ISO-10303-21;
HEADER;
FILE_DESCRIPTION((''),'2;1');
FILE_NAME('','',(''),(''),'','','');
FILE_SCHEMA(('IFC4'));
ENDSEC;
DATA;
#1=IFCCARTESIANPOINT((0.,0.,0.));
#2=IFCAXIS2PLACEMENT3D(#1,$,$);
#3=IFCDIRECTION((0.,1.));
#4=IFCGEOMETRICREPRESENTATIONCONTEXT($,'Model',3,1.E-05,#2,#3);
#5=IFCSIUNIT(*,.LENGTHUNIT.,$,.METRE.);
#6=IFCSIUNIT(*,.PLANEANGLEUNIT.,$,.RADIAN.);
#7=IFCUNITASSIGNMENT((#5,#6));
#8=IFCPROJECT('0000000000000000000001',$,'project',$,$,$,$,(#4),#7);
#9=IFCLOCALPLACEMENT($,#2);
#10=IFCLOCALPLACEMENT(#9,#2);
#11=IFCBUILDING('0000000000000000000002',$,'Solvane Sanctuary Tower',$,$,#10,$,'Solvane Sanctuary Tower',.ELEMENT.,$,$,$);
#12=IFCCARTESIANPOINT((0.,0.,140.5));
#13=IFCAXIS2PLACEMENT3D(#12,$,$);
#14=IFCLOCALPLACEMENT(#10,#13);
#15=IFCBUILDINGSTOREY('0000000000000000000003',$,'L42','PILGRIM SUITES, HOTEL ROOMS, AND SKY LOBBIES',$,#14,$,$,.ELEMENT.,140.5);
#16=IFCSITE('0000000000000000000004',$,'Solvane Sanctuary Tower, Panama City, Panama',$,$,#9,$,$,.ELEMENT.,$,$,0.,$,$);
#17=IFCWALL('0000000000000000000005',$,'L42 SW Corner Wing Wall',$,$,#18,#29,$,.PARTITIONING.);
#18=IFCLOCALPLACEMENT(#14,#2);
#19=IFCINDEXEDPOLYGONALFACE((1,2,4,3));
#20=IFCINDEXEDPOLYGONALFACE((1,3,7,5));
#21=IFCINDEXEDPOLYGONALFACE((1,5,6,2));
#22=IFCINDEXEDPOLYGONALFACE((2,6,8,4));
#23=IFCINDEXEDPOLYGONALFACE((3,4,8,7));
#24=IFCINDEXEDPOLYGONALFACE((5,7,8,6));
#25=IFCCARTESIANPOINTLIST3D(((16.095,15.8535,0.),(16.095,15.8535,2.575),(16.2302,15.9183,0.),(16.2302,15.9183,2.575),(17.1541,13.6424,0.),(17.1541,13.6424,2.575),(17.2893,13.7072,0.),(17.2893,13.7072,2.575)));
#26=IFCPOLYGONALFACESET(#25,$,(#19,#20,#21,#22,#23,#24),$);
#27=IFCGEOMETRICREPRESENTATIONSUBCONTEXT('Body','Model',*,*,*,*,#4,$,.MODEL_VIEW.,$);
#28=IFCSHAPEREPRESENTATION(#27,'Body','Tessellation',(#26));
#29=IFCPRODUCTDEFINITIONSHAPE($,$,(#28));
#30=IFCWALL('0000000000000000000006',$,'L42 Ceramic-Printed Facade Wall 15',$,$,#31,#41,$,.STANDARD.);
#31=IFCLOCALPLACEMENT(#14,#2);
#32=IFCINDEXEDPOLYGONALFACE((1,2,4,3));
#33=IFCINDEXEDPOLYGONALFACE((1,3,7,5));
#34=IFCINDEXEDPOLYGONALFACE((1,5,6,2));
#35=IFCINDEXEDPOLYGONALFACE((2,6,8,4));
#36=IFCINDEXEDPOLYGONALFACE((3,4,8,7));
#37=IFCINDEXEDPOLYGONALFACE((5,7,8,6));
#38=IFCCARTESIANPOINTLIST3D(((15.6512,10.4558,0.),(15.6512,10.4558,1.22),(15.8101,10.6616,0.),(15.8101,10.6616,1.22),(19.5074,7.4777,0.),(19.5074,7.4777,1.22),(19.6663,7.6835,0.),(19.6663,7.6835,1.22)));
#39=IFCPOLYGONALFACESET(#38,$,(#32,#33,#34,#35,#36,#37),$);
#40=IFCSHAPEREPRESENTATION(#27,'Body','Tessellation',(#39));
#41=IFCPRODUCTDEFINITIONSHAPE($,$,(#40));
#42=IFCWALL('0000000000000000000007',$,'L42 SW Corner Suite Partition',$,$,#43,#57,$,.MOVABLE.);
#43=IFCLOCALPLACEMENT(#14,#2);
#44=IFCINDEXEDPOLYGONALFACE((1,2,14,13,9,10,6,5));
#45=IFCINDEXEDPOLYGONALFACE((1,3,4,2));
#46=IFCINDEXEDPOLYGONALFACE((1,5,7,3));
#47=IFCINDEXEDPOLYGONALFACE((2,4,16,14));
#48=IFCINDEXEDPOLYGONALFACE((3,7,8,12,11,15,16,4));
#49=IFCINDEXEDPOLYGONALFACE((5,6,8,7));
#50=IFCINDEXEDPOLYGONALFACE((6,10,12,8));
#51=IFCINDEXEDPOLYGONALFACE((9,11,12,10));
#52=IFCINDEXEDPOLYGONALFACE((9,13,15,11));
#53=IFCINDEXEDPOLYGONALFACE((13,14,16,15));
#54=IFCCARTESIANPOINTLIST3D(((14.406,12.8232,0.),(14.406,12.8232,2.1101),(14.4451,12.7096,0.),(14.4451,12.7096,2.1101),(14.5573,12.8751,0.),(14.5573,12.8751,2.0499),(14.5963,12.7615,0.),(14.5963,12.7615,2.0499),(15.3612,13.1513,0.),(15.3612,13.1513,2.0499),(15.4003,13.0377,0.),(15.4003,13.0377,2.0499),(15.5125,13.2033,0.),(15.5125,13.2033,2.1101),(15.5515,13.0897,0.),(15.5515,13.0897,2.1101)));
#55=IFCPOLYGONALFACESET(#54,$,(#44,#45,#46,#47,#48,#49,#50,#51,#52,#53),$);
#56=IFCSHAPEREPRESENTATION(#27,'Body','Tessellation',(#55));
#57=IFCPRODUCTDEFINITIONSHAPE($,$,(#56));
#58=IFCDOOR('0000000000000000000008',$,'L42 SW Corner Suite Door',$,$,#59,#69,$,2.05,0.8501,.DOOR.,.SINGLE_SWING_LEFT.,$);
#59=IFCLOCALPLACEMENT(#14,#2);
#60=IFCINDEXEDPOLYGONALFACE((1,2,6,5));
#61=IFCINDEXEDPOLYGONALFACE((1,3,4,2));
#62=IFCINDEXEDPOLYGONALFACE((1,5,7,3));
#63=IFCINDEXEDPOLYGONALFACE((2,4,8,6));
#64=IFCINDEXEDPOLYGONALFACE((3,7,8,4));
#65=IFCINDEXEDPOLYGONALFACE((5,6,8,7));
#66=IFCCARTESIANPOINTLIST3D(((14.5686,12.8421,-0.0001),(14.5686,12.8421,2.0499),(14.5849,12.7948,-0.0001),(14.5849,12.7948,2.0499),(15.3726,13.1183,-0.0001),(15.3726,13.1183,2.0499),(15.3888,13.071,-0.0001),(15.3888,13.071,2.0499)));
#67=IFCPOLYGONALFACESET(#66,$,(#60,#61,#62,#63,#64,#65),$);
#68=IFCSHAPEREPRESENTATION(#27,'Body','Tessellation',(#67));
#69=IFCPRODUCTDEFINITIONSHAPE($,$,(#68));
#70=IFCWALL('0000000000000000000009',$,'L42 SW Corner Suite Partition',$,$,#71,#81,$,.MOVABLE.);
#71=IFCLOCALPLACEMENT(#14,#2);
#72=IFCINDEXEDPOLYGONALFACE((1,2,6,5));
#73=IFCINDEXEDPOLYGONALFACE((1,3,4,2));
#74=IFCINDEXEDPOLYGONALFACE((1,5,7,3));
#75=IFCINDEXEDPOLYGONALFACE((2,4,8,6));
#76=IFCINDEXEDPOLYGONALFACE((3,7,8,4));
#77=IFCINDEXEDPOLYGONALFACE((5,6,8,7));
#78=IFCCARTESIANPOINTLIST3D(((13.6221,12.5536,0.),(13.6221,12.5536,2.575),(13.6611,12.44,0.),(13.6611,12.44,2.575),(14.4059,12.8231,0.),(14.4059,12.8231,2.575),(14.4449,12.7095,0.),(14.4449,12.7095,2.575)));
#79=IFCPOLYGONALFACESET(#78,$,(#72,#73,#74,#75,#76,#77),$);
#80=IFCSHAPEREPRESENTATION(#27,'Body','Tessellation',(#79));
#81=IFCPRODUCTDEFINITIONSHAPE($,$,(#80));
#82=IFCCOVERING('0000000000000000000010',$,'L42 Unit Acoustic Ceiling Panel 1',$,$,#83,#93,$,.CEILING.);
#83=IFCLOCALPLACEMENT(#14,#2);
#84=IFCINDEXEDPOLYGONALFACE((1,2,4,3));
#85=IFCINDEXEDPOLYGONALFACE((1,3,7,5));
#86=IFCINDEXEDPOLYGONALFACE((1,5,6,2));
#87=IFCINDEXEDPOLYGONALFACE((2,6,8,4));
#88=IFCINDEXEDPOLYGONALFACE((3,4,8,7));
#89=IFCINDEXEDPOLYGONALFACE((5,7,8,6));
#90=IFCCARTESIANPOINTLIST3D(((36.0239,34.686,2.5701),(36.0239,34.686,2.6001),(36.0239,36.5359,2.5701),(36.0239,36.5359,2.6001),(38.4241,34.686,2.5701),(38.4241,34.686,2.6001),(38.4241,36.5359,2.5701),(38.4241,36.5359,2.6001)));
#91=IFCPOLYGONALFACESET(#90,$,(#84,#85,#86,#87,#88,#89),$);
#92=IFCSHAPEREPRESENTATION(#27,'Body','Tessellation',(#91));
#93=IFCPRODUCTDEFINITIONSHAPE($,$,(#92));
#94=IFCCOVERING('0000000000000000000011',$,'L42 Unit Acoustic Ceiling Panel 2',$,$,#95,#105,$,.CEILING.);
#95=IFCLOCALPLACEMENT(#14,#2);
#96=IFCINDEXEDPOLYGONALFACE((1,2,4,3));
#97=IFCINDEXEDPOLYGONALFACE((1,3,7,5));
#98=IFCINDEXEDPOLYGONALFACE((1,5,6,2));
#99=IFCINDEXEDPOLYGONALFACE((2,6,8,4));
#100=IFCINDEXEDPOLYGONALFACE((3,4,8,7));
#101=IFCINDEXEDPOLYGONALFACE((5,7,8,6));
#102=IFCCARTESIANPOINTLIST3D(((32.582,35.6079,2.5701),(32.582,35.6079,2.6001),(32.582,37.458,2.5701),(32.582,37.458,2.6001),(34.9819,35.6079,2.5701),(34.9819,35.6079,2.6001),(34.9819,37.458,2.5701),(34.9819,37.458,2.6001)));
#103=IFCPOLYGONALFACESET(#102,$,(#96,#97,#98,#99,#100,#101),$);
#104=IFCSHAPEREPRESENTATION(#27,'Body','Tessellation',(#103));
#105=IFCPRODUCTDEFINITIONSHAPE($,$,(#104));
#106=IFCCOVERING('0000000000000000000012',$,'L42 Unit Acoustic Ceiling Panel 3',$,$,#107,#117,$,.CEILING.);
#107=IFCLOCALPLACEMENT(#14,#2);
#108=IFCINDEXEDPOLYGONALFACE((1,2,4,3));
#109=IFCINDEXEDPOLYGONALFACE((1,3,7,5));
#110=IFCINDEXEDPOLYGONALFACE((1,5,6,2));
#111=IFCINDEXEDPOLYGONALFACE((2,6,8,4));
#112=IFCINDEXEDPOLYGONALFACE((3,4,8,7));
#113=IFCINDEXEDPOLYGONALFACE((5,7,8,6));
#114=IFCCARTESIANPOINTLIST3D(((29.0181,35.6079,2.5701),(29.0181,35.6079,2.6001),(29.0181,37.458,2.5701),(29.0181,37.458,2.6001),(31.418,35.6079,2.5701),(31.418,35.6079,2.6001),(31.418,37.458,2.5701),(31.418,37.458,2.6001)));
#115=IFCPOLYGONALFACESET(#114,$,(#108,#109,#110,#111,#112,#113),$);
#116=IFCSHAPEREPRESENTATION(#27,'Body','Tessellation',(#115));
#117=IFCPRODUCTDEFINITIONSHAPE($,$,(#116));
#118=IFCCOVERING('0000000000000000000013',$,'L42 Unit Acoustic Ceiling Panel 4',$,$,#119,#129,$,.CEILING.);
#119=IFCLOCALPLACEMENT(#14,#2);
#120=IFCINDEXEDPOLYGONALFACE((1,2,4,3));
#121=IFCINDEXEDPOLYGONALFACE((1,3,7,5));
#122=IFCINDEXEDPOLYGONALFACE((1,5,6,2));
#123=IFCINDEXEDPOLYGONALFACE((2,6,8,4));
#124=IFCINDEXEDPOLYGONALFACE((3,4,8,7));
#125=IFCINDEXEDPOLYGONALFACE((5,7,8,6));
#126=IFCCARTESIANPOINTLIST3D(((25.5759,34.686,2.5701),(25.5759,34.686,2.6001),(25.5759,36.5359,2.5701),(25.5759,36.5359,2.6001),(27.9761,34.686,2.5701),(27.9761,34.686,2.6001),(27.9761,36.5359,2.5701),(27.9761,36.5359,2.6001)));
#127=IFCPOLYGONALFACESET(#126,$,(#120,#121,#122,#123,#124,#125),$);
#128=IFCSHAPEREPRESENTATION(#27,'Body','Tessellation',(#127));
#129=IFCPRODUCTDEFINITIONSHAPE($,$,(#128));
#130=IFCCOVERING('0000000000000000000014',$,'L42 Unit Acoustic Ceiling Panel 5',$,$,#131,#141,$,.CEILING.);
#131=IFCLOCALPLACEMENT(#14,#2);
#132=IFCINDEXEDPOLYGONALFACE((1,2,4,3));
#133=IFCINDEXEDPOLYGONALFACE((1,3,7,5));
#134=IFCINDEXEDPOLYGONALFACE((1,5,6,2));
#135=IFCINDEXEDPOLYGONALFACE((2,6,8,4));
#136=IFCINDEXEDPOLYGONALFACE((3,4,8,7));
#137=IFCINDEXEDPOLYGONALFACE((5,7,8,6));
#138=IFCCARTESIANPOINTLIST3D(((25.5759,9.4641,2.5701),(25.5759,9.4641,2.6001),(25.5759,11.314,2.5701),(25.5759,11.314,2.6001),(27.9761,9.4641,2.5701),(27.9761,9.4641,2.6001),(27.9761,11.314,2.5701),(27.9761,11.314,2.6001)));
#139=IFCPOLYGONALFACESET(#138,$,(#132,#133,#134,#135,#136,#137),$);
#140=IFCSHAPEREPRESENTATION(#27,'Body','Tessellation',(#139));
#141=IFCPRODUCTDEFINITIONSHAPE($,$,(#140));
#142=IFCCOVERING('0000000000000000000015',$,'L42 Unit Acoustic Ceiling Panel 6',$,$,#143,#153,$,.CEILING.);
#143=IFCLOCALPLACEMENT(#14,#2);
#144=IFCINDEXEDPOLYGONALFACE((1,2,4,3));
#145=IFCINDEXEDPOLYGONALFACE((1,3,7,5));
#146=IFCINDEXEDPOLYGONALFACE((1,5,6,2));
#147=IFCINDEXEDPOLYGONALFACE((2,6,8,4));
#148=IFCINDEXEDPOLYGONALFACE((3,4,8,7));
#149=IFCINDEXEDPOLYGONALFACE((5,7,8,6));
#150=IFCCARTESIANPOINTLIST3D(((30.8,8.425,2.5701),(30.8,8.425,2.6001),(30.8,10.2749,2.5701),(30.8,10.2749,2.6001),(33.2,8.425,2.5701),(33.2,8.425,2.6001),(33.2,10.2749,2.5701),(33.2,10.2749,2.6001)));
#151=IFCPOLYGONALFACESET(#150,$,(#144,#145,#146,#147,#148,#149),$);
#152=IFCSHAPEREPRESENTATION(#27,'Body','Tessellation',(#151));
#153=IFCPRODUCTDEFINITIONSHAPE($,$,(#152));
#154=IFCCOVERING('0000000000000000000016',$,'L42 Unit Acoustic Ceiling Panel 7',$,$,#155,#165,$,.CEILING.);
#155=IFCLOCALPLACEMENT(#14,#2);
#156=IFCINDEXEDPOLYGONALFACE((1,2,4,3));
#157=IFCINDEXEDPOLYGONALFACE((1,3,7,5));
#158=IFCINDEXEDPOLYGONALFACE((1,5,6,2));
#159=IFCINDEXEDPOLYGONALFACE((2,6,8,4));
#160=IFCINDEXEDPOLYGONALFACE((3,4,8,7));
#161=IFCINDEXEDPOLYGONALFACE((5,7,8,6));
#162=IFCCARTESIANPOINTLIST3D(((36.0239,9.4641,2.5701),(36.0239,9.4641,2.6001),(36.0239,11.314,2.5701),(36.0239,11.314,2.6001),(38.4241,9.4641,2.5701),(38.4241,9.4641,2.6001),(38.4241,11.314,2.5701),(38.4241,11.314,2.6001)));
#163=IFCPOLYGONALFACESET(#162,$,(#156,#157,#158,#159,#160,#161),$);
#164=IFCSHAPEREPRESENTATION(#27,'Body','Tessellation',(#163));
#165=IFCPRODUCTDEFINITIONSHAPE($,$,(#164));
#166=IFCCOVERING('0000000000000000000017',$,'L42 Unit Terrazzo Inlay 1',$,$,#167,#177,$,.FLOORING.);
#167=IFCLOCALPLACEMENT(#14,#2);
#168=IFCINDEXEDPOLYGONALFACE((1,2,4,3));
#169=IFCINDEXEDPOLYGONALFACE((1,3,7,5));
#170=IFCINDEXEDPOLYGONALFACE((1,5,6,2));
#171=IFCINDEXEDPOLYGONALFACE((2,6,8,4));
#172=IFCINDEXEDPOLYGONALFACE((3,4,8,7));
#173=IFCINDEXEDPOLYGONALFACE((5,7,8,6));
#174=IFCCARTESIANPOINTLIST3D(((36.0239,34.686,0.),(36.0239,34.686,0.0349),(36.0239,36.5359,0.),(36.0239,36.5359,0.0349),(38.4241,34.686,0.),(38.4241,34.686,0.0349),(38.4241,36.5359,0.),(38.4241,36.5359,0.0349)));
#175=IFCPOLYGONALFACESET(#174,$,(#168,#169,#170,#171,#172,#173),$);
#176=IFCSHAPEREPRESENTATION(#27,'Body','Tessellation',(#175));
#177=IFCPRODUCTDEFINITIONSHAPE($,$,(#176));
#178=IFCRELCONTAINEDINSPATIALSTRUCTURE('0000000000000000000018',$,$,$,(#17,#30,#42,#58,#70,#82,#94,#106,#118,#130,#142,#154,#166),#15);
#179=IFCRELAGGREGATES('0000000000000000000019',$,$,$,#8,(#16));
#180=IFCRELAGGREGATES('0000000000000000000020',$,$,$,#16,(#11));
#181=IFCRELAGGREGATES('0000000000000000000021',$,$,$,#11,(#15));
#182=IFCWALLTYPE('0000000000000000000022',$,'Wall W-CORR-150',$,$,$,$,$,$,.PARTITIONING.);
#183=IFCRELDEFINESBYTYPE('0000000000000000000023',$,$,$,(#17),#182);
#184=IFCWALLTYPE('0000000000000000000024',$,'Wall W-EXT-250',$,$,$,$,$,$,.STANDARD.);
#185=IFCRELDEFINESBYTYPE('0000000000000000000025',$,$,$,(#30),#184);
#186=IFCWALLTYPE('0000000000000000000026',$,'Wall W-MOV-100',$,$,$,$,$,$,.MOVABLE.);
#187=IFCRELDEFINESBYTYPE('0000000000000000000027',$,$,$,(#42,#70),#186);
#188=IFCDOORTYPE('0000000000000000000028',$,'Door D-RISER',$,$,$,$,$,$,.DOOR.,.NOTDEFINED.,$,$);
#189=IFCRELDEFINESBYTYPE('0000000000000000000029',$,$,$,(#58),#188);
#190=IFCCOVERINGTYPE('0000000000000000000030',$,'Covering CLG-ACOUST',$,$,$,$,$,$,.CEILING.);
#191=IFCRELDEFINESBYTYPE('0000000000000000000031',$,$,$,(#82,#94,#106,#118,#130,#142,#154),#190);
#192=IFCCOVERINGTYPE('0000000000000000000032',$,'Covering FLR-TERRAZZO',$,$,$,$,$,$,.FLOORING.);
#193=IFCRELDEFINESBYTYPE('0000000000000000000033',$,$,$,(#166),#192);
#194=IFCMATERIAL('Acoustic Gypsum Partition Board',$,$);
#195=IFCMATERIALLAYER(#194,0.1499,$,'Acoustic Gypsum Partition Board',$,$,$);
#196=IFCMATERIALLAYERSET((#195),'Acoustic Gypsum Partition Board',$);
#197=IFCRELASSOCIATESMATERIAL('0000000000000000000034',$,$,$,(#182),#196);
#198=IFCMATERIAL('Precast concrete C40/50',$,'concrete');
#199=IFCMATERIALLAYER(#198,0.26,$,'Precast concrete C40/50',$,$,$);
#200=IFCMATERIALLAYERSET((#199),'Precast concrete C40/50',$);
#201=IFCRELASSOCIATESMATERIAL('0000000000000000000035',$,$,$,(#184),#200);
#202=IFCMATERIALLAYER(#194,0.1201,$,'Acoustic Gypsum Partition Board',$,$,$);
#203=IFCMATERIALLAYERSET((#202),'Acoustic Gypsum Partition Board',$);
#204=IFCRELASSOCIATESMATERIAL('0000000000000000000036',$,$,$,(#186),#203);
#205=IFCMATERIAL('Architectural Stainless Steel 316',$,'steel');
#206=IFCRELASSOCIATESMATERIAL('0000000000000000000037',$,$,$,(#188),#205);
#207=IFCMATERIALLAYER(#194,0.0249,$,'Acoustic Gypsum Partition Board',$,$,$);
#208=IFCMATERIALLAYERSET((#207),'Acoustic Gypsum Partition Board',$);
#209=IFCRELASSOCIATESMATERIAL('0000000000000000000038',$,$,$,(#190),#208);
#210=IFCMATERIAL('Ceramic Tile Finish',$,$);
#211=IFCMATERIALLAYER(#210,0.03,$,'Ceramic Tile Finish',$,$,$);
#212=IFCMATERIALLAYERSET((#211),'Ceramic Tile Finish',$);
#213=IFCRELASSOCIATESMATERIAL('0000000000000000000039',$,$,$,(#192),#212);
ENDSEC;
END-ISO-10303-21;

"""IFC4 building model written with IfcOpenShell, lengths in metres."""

from ifc_helpers import new_model, si_unit, direction, frame, frame_2d, origin, place, context, subcontext, project, spatial, polyline, rectangle, outline, extrude, material, layer, layer_set, type_object, element, fill, save


model = new_model("IFC4")

# Units and contexts
model_context = context("Model", 3, precision=1e-05, world=origin(), true_north=direction((0.0, 1.0)))
body_context = subcontext(model_context, "Body", "Model", "MODEL_VIEW")
ifc_project = project(units=[si_unit("LENGTHUNIT", "METRE"), si_unit("PLANEANGLEUNIT", "RADIAN")], contexts=[model_context])

# Site, building, storey
site_placement = place(None, origin())
site = spatial("IfcSite", under=ifc_project, at=site_placement, Name="Solvane Sanctuary Tower, Panama City, Panama", CompositionType="ELEMENT", RefElevation=0.0)
building_placement = place(site_placement, origin())
building = spatial("IfcBuilding", under=site, at=building_placement, Name="Solvane Sanctuary Tower", LongName="Solvane Sanctuary Tower", CompositionType="ELEMENT")
storey_placement = place(building_placement, frame((0.0, 0.0, 140.5)))
storey = spatial("IfcBuildingStorey", under=building, at=storey_placement, Name="L42", Description="PILGRIM SUITES, HOTEL ROOMS, AND SKY LOBBIES", CompositionType="ELEMENT", Elevation=140.5)

# Walls
ifc_material_1 = material(Name="Acoustic Gypsum Partition Board")
ifc_layer_1 = layer(ifc_material_1, 0.1499, Name="Acoustic Gypsum Partition Board")
ifc_layer_set_1 = layer_set([ifc_layer_1], Name="Acoustic Gypsum Partition Board")
wall_type_1 = type_object("IfcWallType", Name="Wall W-CORR-150", PredefinedType="PARTITIONING", material=ifc_layer_set_1)
wall_1_placement = place(storey_placement, frame((17.2217, 13.6748, 0.0), z_axis=(0.0, 0.0, 1.0), x_axis=(-0.431973, 0.901886, 0.0)))
element("IfcWall", 1, at=wall_1_placement, inside=storey, type_object=wall_type_1, Name="L42 SW Corner Wing Wall", PredefinedType="PARTITIONING", context=body_context, shape_type="SweptSolid", body=[
    extrude(rectangle(XDim=2.4517, YDim=0.1499, at=frame_2d((1.2258, 0.0))), origin(), (0.0, 0.0, 1.0), 2.575),
])
ifc_material_2 = material(Name="Precast concrete C40/50", Category="concrete")
ifc_layer_2 = layer(ifc_material_2, 0.26, Name="Precast concrete C40/50")
ifc_layer_set_2 = layer_set([ifc_layer_2], Name="Precast concrete C40/50")
wall_type_2 = type_object("IfcWallType", Name="Wall W-EXT-250", PredefinedType="STANDARD", material=ifc_layer_set_2)
wall_2_placement = place(storey_placement, frame((15.7307, 10.5586, 0.0), z_axis=(0.0, 0.0, 1.0), x_axis=(0.79146, -0.611221, 0.0)))
element("IfcWall", 2, at=wall_2_placement, inside=storey, type_object=wall_type_2, Name="L42 Ceramic-Printed Facade Wall 15", PredefinedType="STANDARD", context=body_context, shape_type="SweptSolid", body=[
    extrude(rectangle(XDim=4.8723, YDim=0.26, at=frame_2d((2.436, 0.0))), origin(), (0.0, 0.0, 1.0), 1.22),
])

# Wall, opening, door
ifc_layer_3 = layer(ifc_material_1, 0.1201, Name="Acoustic Gypsum Partition Board")
ifc_layer_set_3 = layer_set([ifc_layer_3], Name="Acoustic Gypsum Partition Board")
wall_type_3 = type_object("IfcWallType", Name="Wall W-MOV-100", PredefinedType="MOVABLE", material=ifc_layer_set_3)
wall_3_placement = place(storey_placement, frame((15.532, 13.1465, 0.0), z_axis=(0.0, 0.0, 1.0), x_axis=(-0.945743, -0.324916, 0.0)))
wall_3 = element("IfcWall", 3, at=wall_3_placement, inside=storey, type_object=wall_type_3, Name="L42 SW Corner Suite Partition", PredefinedType="MOVABLE", context=body_context, shape_type="SweptSolid", body=[
    extrude(rectangle(XDim=1.1699, YDim=0.1201, at=frame_2d((0.585, 0.0))), origin(), (0.0, 0.0, 1.0), 2.1101),
])
opening_placement = place(wall_3_placement, frame((0.1599, 0.0, 0.0)))
opening = element("IfcOpeningElement", 4, at=opening_placement, cuts=wall_3, PredefinedType="OPENING", context=body_context, shape_type="SweptSolid", body=[
    extrude(rectangle(XDim=0.8501, YDim=2.05, at=frame_2d((0.425, 1.0249))), frame((0.0, 0.0701, 0.0), z_axis=(0.0, -1.0, 0.0), x_axis=(1.0, 0.0, 0.0)), (0.0, 0.0, 1.0), 0.1401),
])
ifc_material_3 = material(Name="Architectural Stainless Steel 316", Category="steel")
door_type = type_object("IfcDoorType", Name="Door D-RISER", OperationType="NOTDEFINED", PredefinedType="DOOR", material=ifc_material_3)
door_placement = place(opening_placement, origin())
door = element("IfcDoor", 5, at=door_placement, inside=storey, type_object=door_type, Name="L42 SW Corner Suite Door", OperationType="SINGLE_SWING_LEFT", OverallHeight=2.05, OverallWidth=0.8501, PredefinedType="DOOR", context=body_context, shape_type="SweptSolid", body=[
    extrude(rectangle(XDim=0.8501, YDim=2.05, at=frame_2d((0.425, 1.0249))), frame((0.0, 0.0249, 0.0), z_axis=(0.0, -1.0, 0.0), x_axis=(1.0, 0.0, 0.0)), (0.0, 0.0, 1.0), 0.05),
])
fill(opening, door)

# Wall
wall_4_placement = place(storey_placement, frame((14.4255, 12.7664, 0.0), z_axis=(0.0, 0.0, 1.0), x_axis=(-0.945667, -0.325137, 0.0)))
element("IfcWall", 6, at=wall_4_placement, inside=storey, type_object=wall_type_3, Name="L42 SW Corner Suite Partition", PredefinedType="MOVABLE", context=body_context, shape_type="SweptSolid", body=[
    extrude(rectangle(XDim=0.8289, YDim=0.1201, at=frame_2d((0.4146, 0.0))), origin(), (0.0, 0.0, 1.0), 2.575),
])

# Coverings
ifc_layer_4 = layer(ifc_material_1, 0.0249, Name="Acoustic Gypsum Partition Board")
ifc_layer_set_4 = layer_set([ifc_layer_4], Name="Acoustic Gypsum Partition Board")
covering_type_1 = type_object("IfcCoveringType", Name="Covering CLG-ACOUST", PredefinedType="CEILING", material=ifc_layer_set_4)
covering_1_placement = place(storey_placement, frame((0.0, 0.0, 2.5701)))
element("IfcCovering", 7, at=covering_1_placement, inside=storey, type_object=covering_type_1, Name="L42 Unit Acoustic Ceiling Panel 1", PredefinedType="CEILING", context=body_context, shape_type="SweptSolid", body=[
    extrude(outline(polyline([(36.0239, 34.686), (38.4241, 34.686), (38.4241, 36.5359), (36.0239, 36.5359), (36.0239, 34.686)])), origin(), (0.0, 0.0, 1.0), 0.03),
])
covering_2_placement = place(storey_placement, frame((0.0, 0.0, 2.5701)))
element("IfcCovering", 8, at=covering_2_placement, inside=storey, type_object=covering_type_1, Name="L42 Unit Acoustic Ceiling Panel 2", PredefinedType="CEILING", context=body_context, shape_type="SweptSolid", body=[
    extrude(outline(polyline([(32.582, 35.6079), (34.9819, 35.6079), (34.9819, 37.458), (32.582, 37.458), (32.582, 35.6079)])), origin(), (0.0, 0.0, 1.0), 0.03),
])
covering_3_placement = place(storey_placement, frame((0.0, 0.0, 2.5701)))
element("IfcCovering", 9, at=covering_3_placement, inside=storey, type_object=covering_type_1, Name="L42 Unit Acoustic Ceiling Panel 3", PredefinedType="CEILING", context=body_context, shape_type="SweptSolid", body=[
    extrude(outline(polyline([(29.0181, 35.6079), (31.418, 35.6079), (31.418, 37.458), (29.0181, 37.458), (29.0181, 35.6079)])), origin(), (0.0, 0.0, 1.0), 0.03),
])
covering_4_placement = place(storey_placement, frame((0.0, 0.0, 2.5701)))
element("IfcCovering", 10, at=covering_4_placement, inside=storey, type_object=covering_type_1, Name="L42 Unit Acoustic Ceiling Panel 4", PredefinedType="CEILING", context=body_context, shape_type="SweptSolid", body=[
    extrude(outline(polyline([(25.5759, 34.686), (27.9761, 34.686), (27.9761, 36.5359), (25.5759, 36.5359), (25.5759, 34.686)])), origin(), (0.0, 0.0, 1.0), 0.03),
])
covering_5_placement = place(storey_placement, frame((0.0, 0.0, 2.5701)))
element("IfcCovering", 11, at=covering_5_placement, inside=storey, type_object=covering_type_1, Name="L42 Unit Acoustic Ceiling Panel 5", PredefinedType="CEILING", context=body_context, shape_type="SweptSolid", body=[
    extrude(outline(polyline([(25.5759, 9.4641), (27.9761, 9.4641), (27.9761, 11.314), (25.5759, 11.314), (25.5759, 9.4641)])), origin(), (0.0, 0.0, 1.0), 0.03),
])
covering_6_placement = place(storey_placement, frame((0.0, 0.0, 2.5701)))
element("IfcCovering", 12, at=covering_6_placement, inside=storey, type_object=covering_type_1, Name="L42 Unit Acoustic Ceiling Panel 6", PredefinedType="CEILING", context=body_context, shape_type="SweptSolid", body=[
    extrude(outline(polyline([(30.8, 8.425), (33.2, 8.425), (33.2, 10.2749), (30.8, 10.2749), (30.8, 8.425)])), origin(), (0.0, 0.0, 1.0), 0.03),
])
covering_7_placement = place(storey_placement, frame((0.0, 0.0, 2.5701)))
element("IfcCovering", 13, at=covering_7_placement, inside=storey, type_object=covering_type_1, Name="L42 Unit Acoustic Ceiling Panel 7", PredefinedType="CEILING", context=body_context, shape_type="SweptSolid", body=[
    extrude(outline(polyline([(36.0239, 9.4641), (38.4241, 9.4641), (38.4241, 11.314), (36.0239, 11.314), (36.0239, 9.4641)])), origin(), (0.0, 0.0, 1.0), 0.03),
])
ifc_material_4 = material(Name="Ceramic Tile Finish")
ifc_layer_5 = layer(ifc_material_4, 0.03, Name="Ceramic Tile Finish")
ifc_layer_set_5 = layer_set([ifc_layer_5], Name="Ceramic Tile Finish")
covering_type_2 = type_object("IfcCoveringType", Name="Covering FLR-TERRAZZO", PredefinedType="FLOORING", material=ifc_layer_set_5)
covering_8_placement = place(storey_placement, origin())
element("IfcCovering", 14, at=covering_8_placement, inside=storey, type_object=covering_type_2, Name="L42 Unit Terrazzo Inlay 1", PredefinedType="FLOORING", context=body_context, shape_type="SweptSolid", body=[
    extrude(outline(polyline([(36.0239, 34.686), (38.4241, 34.686), (38.4241, 36.5359), (36.0239, 36.5359), (36.0239, 34.686)])), origin(), (0.0, 0.0, 1.0), 0.0349),
])

save(model, "model.ifc")
